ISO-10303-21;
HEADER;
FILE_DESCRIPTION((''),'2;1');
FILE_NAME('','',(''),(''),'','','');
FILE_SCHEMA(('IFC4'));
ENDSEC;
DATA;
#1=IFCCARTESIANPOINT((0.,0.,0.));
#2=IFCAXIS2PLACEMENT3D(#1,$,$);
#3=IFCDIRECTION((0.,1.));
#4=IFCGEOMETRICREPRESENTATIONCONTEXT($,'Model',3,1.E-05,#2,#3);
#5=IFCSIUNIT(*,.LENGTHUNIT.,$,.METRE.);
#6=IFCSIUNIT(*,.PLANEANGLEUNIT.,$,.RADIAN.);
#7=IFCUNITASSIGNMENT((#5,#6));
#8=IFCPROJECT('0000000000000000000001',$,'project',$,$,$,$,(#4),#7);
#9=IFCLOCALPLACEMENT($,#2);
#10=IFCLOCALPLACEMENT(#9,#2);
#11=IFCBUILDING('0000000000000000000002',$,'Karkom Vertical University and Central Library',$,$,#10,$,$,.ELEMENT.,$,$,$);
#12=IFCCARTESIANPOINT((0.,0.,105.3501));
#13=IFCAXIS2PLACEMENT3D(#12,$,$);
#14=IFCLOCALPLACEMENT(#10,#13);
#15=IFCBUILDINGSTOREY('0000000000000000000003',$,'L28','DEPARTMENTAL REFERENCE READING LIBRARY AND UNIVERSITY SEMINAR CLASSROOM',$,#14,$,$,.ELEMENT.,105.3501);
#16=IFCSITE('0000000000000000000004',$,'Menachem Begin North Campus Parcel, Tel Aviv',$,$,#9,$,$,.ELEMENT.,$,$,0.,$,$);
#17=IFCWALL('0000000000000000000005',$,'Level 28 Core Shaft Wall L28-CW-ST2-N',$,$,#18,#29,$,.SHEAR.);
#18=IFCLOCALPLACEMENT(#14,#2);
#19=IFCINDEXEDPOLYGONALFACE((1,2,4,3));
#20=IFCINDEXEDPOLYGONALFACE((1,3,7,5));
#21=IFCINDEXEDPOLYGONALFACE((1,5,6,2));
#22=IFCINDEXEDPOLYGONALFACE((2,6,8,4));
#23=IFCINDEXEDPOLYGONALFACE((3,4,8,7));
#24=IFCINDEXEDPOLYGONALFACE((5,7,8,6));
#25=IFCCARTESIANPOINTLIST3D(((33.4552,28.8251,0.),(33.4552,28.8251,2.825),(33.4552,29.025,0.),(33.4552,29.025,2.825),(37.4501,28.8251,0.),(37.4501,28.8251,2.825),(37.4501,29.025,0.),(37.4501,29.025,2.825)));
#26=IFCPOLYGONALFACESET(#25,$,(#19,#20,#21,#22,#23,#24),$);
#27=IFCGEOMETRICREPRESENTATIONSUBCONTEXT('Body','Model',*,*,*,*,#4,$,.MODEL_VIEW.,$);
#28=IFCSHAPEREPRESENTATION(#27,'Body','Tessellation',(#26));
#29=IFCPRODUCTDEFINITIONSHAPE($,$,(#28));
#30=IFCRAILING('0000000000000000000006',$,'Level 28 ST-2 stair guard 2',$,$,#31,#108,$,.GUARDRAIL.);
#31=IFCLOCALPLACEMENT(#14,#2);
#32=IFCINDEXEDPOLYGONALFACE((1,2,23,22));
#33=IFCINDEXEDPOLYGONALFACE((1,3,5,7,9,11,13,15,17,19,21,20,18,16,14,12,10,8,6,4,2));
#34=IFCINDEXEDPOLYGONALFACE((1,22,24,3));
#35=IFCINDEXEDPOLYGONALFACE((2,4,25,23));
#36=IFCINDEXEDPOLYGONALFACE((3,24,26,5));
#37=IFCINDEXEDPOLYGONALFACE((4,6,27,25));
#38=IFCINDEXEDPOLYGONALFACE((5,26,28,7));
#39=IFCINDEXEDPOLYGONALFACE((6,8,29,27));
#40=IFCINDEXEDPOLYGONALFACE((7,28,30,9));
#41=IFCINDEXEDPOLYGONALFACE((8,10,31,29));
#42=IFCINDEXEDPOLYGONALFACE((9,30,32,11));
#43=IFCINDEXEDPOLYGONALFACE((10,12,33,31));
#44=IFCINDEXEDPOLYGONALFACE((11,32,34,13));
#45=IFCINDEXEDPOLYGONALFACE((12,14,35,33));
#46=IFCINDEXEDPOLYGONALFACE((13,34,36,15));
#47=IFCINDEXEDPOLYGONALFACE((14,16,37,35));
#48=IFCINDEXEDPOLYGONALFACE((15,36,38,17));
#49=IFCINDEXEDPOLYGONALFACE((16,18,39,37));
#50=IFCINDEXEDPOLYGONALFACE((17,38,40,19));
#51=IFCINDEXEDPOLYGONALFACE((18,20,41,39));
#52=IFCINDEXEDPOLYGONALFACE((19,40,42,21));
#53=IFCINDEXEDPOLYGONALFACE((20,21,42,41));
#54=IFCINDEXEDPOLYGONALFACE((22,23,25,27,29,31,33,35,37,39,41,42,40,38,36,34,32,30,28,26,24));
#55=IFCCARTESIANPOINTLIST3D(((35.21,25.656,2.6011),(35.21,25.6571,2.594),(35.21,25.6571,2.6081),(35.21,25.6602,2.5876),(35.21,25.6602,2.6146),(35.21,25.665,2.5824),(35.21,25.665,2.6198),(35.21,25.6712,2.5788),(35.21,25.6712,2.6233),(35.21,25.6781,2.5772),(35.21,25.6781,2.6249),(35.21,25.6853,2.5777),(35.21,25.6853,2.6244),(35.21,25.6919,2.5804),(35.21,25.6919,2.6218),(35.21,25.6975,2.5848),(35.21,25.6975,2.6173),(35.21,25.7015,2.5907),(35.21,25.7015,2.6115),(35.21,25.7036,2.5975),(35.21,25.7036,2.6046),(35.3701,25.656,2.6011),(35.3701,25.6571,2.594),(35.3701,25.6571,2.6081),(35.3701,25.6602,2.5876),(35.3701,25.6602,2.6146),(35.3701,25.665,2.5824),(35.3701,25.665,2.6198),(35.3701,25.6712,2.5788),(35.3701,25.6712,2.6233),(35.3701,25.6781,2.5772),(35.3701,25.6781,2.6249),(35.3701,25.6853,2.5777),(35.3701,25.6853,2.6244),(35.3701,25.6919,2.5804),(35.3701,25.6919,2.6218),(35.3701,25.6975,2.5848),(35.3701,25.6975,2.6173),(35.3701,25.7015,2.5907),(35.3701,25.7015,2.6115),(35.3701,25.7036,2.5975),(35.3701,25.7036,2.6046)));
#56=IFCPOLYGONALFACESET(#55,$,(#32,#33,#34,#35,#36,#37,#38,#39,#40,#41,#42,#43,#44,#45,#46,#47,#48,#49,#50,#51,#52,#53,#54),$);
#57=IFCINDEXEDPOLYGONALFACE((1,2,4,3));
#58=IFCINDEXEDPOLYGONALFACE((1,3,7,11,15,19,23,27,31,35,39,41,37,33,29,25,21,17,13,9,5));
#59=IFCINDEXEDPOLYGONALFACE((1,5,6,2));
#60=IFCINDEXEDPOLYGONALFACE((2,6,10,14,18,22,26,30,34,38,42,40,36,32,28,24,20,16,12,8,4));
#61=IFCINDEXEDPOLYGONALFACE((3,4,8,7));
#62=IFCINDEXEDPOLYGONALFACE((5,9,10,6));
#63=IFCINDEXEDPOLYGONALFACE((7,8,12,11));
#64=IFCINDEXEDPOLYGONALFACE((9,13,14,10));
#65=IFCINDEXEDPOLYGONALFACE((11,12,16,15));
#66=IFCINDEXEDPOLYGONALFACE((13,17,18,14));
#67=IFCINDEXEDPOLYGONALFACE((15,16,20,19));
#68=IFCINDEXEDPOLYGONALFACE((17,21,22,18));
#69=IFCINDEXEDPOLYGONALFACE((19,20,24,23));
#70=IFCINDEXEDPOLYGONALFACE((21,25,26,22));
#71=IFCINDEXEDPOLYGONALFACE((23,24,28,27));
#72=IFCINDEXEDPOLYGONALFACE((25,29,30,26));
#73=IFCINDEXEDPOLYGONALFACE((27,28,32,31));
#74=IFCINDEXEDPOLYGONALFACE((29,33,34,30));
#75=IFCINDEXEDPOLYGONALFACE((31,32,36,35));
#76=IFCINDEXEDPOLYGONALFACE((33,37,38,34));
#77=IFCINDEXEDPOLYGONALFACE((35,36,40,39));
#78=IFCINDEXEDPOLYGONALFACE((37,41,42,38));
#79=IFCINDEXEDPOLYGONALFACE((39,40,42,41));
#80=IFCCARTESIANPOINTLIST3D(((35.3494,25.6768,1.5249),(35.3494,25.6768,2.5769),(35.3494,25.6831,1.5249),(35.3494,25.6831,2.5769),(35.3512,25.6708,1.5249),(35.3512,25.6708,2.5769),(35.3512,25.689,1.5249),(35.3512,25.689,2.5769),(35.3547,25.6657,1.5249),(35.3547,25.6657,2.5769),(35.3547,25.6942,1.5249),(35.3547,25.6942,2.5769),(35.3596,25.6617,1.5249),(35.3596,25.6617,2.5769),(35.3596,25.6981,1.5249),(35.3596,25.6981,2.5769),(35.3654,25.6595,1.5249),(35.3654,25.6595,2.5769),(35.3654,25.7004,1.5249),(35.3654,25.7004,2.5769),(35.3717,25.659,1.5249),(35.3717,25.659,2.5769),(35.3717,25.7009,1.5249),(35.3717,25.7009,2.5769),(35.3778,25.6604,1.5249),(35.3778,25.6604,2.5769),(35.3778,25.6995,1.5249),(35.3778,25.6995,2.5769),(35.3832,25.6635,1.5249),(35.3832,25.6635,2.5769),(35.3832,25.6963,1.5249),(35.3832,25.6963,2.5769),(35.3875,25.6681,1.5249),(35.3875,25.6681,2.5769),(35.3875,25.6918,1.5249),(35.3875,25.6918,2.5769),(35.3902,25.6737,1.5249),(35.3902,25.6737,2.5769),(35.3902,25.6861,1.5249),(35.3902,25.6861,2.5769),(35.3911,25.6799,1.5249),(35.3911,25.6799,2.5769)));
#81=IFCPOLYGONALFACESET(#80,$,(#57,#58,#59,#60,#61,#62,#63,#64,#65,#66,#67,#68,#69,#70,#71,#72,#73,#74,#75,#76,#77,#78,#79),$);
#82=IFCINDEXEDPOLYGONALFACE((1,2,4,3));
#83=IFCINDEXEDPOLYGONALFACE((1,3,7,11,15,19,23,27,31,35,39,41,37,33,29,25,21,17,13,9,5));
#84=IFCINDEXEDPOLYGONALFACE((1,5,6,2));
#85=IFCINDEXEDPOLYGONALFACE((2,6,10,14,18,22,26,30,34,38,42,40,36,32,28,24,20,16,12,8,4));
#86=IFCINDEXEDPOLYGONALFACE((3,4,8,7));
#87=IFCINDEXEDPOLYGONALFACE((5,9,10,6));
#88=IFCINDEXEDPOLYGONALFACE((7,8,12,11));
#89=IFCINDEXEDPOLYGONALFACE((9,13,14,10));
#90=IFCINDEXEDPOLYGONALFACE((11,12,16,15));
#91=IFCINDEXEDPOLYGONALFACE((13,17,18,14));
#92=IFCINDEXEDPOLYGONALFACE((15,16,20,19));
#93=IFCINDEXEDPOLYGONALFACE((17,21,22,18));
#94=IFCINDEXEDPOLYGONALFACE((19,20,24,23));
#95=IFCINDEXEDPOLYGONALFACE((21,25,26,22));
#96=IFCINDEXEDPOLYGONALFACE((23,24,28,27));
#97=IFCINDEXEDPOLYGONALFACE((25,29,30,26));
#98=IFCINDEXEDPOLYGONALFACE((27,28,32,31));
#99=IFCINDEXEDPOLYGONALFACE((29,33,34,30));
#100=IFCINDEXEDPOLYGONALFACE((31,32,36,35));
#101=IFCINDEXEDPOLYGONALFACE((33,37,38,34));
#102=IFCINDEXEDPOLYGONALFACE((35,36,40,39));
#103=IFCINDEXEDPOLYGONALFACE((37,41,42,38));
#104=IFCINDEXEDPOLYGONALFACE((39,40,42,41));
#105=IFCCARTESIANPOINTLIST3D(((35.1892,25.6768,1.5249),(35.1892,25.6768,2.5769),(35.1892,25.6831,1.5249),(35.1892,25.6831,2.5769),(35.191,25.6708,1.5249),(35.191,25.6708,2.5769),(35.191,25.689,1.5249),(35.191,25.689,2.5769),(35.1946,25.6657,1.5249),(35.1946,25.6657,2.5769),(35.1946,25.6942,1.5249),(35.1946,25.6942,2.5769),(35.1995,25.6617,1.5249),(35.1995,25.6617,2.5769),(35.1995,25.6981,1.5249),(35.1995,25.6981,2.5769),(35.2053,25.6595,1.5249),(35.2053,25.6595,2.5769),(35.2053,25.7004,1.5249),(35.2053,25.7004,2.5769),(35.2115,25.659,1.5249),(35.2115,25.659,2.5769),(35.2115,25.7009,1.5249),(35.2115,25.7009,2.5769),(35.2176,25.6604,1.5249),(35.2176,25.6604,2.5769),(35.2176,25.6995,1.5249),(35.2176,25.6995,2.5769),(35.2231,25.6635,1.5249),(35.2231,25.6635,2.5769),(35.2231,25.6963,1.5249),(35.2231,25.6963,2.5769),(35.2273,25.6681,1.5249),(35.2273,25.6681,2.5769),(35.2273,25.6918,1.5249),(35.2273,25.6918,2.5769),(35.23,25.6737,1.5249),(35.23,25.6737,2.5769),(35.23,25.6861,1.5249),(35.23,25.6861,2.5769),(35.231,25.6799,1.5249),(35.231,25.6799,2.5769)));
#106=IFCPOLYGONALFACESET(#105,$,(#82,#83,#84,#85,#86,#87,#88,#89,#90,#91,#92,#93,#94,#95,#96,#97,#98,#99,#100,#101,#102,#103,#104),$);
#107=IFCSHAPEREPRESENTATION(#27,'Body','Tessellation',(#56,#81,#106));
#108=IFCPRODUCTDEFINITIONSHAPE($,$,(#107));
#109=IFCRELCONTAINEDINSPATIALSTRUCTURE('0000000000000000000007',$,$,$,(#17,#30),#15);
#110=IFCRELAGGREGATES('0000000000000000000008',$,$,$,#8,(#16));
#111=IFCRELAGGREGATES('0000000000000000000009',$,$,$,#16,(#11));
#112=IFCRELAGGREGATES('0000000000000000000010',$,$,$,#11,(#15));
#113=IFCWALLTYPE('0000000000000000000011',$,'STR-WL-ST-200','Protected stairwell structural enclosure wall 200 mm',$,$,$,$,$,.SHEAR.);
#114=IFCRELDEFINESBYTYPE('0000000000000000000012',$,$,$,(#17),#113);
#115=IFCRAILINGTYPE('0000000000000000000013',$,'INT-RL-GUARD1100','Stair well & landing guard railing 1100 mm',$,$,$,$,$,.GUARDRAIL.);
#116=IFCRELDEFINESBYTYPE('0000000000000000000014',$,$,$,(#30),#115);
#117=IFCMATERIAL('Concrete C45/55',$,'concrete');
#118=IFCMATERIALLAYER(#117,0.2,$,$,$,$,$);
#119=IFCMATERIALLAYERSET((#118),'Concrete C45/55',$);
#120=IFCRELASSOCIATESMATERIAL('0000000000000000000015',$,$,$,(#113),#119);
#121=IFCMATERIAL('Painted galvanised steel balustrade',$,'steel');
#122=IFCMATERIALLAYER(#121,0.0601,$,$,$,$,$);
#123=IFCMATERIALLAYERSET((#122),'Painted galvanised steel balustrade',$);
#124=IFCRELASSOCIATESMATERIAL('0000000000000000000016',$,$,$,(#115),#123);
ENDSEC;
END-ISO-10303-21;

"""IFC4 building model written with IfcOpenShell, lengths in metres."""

from ifc_helpers import new_model, si_unit, direction, frame, frame_2d, origin, origin_2d, place, context, subcontext, project, spatial, rectangle, circle, extrude, material, layer, layer_set, type_object, element, save


model = new_model("IFC4")

# Units and contexts
model_context = context("Model", 3, precision=1e-05, world=origin(), true_north=direction((0.0, 1.0)))
body_context = subcontext(model_context, "Body", "Model", "MODEL_VIEW")
ifc_project = project(units=[si_unit("LENGTHUNIT", "METRE"), si_unit("PLANEANGLEUNIT", "RADIAN")], contexts=[model_context])

# Site, building, storey
site_placement = place(None, origin())
site = spatial("IfcSite", under=ifc_project, at=site_placement, Name="Menachem Begin North Campus Parcel, Tel Aviv", CompositionType="ELEMENT", RefElevation=0.0)
building_placement = place(site_placement, origin())
building = spatial("IfcBuilding", under=site, at=building_placement, Name="Karkom Vertical University and Central Library", CompositionType="ELEMENT")
storey_placement = place(building_placement, frame((0.0, 0.0, 105.3501)))
storey = spatial("IfcBuildingStorey", under=building, at=storey_placement, Name="L28", Description="DEPARTMENTAL REFERENCE READING LIBRARY AND UNIVERSITY SEMINAR CLASSROOM", CompositionType="ELEMENT", Elevation=105.3501)

# Wall
ifc_material_1 = material(Name="Concrete C45/55", Category="concrete")
ifc_layer_1 = layer(ifc_material_1, 0.2)
ifc_layer_set_1 = layer_set([ifc_layer_1], Name="Concrete C45/55")
wall_type_1 = type_object("IfcWallType", Name="STR-WL-ST-200", Description="Protected stairwell structural enclosure wall 200 mm", PredefinedType="SHEAR", material=ifc_layer_set_1)
wall_1_placement = place(storey_placement, frame((33.4551, 28.925, 0.0), z_axis=(0.0, 0.0, 1.0), x_axis=(1.0, 0.0, 0.0)))
element("IfcWall", 1, at=wall_1_placement, inside=storey, type_object=wall_type_1, Name="Level 28 Core Shaft Wall L28-CW-ST2-N", PredefinedType="SHEAR", context=body_context, shape_type="SweptSolid", body=[
    extrude(rectangle(XDim=3.9949, YDim=0.2, at=frame_2d((1.9976, 0.0))), origin(), (0.0, 0.0, 1.0), 2.825),
])

# Railing
ifc_material_2 = material(Name="Painted galvanised steel balustrade", Category="steel")
ifc_layer_2 = layer(ifc_material_2, 0.0601)
ifc_layer_set_2 = layer_set([ifc_layer_2], Name="Painted galvanised steel balustrade")
railing_type = type_object("IfcRailingType", Name="INT-RL-GUARD1100", Description="Stair well & landing guard railing 1100 mm", PredefinedType="GUARDRAIL", material=ifc_layer_set_2)
railing_placement = place(storey_placement, frame((35.3701, 25.6799, 1.5249)))
element("IfcRailing", 2, at=railing_placement, inside=storey, type_object=railing_type, Name="Level 28 ST-2 stair guard 2", PredefinedType="GUARDRAIL", context=body_context, shape_type="SweptSolid", body=[
    extrude(circle(Radius=0.0239, at=origin_2d()), frame((0.0, 0.0, 1.0762), z_axis=(-1.0, 0.0, 0.0), x_axis=(0.0, -1.0, 0.0)), (0.0, 0.0, 1.0), 0.1602),
    extrude(circle(Radius=0.021, at=origin_2d()), origin(), (0.0, 0.0, 1.0), 1.052),
    extrude(circle(Radius=0.021, at=origin_2d()), frame((-0.1602, 0.0, 0.0)), (0.0, 0.0, 1.0), 1.052),
])

save(model, "model.ifc")
